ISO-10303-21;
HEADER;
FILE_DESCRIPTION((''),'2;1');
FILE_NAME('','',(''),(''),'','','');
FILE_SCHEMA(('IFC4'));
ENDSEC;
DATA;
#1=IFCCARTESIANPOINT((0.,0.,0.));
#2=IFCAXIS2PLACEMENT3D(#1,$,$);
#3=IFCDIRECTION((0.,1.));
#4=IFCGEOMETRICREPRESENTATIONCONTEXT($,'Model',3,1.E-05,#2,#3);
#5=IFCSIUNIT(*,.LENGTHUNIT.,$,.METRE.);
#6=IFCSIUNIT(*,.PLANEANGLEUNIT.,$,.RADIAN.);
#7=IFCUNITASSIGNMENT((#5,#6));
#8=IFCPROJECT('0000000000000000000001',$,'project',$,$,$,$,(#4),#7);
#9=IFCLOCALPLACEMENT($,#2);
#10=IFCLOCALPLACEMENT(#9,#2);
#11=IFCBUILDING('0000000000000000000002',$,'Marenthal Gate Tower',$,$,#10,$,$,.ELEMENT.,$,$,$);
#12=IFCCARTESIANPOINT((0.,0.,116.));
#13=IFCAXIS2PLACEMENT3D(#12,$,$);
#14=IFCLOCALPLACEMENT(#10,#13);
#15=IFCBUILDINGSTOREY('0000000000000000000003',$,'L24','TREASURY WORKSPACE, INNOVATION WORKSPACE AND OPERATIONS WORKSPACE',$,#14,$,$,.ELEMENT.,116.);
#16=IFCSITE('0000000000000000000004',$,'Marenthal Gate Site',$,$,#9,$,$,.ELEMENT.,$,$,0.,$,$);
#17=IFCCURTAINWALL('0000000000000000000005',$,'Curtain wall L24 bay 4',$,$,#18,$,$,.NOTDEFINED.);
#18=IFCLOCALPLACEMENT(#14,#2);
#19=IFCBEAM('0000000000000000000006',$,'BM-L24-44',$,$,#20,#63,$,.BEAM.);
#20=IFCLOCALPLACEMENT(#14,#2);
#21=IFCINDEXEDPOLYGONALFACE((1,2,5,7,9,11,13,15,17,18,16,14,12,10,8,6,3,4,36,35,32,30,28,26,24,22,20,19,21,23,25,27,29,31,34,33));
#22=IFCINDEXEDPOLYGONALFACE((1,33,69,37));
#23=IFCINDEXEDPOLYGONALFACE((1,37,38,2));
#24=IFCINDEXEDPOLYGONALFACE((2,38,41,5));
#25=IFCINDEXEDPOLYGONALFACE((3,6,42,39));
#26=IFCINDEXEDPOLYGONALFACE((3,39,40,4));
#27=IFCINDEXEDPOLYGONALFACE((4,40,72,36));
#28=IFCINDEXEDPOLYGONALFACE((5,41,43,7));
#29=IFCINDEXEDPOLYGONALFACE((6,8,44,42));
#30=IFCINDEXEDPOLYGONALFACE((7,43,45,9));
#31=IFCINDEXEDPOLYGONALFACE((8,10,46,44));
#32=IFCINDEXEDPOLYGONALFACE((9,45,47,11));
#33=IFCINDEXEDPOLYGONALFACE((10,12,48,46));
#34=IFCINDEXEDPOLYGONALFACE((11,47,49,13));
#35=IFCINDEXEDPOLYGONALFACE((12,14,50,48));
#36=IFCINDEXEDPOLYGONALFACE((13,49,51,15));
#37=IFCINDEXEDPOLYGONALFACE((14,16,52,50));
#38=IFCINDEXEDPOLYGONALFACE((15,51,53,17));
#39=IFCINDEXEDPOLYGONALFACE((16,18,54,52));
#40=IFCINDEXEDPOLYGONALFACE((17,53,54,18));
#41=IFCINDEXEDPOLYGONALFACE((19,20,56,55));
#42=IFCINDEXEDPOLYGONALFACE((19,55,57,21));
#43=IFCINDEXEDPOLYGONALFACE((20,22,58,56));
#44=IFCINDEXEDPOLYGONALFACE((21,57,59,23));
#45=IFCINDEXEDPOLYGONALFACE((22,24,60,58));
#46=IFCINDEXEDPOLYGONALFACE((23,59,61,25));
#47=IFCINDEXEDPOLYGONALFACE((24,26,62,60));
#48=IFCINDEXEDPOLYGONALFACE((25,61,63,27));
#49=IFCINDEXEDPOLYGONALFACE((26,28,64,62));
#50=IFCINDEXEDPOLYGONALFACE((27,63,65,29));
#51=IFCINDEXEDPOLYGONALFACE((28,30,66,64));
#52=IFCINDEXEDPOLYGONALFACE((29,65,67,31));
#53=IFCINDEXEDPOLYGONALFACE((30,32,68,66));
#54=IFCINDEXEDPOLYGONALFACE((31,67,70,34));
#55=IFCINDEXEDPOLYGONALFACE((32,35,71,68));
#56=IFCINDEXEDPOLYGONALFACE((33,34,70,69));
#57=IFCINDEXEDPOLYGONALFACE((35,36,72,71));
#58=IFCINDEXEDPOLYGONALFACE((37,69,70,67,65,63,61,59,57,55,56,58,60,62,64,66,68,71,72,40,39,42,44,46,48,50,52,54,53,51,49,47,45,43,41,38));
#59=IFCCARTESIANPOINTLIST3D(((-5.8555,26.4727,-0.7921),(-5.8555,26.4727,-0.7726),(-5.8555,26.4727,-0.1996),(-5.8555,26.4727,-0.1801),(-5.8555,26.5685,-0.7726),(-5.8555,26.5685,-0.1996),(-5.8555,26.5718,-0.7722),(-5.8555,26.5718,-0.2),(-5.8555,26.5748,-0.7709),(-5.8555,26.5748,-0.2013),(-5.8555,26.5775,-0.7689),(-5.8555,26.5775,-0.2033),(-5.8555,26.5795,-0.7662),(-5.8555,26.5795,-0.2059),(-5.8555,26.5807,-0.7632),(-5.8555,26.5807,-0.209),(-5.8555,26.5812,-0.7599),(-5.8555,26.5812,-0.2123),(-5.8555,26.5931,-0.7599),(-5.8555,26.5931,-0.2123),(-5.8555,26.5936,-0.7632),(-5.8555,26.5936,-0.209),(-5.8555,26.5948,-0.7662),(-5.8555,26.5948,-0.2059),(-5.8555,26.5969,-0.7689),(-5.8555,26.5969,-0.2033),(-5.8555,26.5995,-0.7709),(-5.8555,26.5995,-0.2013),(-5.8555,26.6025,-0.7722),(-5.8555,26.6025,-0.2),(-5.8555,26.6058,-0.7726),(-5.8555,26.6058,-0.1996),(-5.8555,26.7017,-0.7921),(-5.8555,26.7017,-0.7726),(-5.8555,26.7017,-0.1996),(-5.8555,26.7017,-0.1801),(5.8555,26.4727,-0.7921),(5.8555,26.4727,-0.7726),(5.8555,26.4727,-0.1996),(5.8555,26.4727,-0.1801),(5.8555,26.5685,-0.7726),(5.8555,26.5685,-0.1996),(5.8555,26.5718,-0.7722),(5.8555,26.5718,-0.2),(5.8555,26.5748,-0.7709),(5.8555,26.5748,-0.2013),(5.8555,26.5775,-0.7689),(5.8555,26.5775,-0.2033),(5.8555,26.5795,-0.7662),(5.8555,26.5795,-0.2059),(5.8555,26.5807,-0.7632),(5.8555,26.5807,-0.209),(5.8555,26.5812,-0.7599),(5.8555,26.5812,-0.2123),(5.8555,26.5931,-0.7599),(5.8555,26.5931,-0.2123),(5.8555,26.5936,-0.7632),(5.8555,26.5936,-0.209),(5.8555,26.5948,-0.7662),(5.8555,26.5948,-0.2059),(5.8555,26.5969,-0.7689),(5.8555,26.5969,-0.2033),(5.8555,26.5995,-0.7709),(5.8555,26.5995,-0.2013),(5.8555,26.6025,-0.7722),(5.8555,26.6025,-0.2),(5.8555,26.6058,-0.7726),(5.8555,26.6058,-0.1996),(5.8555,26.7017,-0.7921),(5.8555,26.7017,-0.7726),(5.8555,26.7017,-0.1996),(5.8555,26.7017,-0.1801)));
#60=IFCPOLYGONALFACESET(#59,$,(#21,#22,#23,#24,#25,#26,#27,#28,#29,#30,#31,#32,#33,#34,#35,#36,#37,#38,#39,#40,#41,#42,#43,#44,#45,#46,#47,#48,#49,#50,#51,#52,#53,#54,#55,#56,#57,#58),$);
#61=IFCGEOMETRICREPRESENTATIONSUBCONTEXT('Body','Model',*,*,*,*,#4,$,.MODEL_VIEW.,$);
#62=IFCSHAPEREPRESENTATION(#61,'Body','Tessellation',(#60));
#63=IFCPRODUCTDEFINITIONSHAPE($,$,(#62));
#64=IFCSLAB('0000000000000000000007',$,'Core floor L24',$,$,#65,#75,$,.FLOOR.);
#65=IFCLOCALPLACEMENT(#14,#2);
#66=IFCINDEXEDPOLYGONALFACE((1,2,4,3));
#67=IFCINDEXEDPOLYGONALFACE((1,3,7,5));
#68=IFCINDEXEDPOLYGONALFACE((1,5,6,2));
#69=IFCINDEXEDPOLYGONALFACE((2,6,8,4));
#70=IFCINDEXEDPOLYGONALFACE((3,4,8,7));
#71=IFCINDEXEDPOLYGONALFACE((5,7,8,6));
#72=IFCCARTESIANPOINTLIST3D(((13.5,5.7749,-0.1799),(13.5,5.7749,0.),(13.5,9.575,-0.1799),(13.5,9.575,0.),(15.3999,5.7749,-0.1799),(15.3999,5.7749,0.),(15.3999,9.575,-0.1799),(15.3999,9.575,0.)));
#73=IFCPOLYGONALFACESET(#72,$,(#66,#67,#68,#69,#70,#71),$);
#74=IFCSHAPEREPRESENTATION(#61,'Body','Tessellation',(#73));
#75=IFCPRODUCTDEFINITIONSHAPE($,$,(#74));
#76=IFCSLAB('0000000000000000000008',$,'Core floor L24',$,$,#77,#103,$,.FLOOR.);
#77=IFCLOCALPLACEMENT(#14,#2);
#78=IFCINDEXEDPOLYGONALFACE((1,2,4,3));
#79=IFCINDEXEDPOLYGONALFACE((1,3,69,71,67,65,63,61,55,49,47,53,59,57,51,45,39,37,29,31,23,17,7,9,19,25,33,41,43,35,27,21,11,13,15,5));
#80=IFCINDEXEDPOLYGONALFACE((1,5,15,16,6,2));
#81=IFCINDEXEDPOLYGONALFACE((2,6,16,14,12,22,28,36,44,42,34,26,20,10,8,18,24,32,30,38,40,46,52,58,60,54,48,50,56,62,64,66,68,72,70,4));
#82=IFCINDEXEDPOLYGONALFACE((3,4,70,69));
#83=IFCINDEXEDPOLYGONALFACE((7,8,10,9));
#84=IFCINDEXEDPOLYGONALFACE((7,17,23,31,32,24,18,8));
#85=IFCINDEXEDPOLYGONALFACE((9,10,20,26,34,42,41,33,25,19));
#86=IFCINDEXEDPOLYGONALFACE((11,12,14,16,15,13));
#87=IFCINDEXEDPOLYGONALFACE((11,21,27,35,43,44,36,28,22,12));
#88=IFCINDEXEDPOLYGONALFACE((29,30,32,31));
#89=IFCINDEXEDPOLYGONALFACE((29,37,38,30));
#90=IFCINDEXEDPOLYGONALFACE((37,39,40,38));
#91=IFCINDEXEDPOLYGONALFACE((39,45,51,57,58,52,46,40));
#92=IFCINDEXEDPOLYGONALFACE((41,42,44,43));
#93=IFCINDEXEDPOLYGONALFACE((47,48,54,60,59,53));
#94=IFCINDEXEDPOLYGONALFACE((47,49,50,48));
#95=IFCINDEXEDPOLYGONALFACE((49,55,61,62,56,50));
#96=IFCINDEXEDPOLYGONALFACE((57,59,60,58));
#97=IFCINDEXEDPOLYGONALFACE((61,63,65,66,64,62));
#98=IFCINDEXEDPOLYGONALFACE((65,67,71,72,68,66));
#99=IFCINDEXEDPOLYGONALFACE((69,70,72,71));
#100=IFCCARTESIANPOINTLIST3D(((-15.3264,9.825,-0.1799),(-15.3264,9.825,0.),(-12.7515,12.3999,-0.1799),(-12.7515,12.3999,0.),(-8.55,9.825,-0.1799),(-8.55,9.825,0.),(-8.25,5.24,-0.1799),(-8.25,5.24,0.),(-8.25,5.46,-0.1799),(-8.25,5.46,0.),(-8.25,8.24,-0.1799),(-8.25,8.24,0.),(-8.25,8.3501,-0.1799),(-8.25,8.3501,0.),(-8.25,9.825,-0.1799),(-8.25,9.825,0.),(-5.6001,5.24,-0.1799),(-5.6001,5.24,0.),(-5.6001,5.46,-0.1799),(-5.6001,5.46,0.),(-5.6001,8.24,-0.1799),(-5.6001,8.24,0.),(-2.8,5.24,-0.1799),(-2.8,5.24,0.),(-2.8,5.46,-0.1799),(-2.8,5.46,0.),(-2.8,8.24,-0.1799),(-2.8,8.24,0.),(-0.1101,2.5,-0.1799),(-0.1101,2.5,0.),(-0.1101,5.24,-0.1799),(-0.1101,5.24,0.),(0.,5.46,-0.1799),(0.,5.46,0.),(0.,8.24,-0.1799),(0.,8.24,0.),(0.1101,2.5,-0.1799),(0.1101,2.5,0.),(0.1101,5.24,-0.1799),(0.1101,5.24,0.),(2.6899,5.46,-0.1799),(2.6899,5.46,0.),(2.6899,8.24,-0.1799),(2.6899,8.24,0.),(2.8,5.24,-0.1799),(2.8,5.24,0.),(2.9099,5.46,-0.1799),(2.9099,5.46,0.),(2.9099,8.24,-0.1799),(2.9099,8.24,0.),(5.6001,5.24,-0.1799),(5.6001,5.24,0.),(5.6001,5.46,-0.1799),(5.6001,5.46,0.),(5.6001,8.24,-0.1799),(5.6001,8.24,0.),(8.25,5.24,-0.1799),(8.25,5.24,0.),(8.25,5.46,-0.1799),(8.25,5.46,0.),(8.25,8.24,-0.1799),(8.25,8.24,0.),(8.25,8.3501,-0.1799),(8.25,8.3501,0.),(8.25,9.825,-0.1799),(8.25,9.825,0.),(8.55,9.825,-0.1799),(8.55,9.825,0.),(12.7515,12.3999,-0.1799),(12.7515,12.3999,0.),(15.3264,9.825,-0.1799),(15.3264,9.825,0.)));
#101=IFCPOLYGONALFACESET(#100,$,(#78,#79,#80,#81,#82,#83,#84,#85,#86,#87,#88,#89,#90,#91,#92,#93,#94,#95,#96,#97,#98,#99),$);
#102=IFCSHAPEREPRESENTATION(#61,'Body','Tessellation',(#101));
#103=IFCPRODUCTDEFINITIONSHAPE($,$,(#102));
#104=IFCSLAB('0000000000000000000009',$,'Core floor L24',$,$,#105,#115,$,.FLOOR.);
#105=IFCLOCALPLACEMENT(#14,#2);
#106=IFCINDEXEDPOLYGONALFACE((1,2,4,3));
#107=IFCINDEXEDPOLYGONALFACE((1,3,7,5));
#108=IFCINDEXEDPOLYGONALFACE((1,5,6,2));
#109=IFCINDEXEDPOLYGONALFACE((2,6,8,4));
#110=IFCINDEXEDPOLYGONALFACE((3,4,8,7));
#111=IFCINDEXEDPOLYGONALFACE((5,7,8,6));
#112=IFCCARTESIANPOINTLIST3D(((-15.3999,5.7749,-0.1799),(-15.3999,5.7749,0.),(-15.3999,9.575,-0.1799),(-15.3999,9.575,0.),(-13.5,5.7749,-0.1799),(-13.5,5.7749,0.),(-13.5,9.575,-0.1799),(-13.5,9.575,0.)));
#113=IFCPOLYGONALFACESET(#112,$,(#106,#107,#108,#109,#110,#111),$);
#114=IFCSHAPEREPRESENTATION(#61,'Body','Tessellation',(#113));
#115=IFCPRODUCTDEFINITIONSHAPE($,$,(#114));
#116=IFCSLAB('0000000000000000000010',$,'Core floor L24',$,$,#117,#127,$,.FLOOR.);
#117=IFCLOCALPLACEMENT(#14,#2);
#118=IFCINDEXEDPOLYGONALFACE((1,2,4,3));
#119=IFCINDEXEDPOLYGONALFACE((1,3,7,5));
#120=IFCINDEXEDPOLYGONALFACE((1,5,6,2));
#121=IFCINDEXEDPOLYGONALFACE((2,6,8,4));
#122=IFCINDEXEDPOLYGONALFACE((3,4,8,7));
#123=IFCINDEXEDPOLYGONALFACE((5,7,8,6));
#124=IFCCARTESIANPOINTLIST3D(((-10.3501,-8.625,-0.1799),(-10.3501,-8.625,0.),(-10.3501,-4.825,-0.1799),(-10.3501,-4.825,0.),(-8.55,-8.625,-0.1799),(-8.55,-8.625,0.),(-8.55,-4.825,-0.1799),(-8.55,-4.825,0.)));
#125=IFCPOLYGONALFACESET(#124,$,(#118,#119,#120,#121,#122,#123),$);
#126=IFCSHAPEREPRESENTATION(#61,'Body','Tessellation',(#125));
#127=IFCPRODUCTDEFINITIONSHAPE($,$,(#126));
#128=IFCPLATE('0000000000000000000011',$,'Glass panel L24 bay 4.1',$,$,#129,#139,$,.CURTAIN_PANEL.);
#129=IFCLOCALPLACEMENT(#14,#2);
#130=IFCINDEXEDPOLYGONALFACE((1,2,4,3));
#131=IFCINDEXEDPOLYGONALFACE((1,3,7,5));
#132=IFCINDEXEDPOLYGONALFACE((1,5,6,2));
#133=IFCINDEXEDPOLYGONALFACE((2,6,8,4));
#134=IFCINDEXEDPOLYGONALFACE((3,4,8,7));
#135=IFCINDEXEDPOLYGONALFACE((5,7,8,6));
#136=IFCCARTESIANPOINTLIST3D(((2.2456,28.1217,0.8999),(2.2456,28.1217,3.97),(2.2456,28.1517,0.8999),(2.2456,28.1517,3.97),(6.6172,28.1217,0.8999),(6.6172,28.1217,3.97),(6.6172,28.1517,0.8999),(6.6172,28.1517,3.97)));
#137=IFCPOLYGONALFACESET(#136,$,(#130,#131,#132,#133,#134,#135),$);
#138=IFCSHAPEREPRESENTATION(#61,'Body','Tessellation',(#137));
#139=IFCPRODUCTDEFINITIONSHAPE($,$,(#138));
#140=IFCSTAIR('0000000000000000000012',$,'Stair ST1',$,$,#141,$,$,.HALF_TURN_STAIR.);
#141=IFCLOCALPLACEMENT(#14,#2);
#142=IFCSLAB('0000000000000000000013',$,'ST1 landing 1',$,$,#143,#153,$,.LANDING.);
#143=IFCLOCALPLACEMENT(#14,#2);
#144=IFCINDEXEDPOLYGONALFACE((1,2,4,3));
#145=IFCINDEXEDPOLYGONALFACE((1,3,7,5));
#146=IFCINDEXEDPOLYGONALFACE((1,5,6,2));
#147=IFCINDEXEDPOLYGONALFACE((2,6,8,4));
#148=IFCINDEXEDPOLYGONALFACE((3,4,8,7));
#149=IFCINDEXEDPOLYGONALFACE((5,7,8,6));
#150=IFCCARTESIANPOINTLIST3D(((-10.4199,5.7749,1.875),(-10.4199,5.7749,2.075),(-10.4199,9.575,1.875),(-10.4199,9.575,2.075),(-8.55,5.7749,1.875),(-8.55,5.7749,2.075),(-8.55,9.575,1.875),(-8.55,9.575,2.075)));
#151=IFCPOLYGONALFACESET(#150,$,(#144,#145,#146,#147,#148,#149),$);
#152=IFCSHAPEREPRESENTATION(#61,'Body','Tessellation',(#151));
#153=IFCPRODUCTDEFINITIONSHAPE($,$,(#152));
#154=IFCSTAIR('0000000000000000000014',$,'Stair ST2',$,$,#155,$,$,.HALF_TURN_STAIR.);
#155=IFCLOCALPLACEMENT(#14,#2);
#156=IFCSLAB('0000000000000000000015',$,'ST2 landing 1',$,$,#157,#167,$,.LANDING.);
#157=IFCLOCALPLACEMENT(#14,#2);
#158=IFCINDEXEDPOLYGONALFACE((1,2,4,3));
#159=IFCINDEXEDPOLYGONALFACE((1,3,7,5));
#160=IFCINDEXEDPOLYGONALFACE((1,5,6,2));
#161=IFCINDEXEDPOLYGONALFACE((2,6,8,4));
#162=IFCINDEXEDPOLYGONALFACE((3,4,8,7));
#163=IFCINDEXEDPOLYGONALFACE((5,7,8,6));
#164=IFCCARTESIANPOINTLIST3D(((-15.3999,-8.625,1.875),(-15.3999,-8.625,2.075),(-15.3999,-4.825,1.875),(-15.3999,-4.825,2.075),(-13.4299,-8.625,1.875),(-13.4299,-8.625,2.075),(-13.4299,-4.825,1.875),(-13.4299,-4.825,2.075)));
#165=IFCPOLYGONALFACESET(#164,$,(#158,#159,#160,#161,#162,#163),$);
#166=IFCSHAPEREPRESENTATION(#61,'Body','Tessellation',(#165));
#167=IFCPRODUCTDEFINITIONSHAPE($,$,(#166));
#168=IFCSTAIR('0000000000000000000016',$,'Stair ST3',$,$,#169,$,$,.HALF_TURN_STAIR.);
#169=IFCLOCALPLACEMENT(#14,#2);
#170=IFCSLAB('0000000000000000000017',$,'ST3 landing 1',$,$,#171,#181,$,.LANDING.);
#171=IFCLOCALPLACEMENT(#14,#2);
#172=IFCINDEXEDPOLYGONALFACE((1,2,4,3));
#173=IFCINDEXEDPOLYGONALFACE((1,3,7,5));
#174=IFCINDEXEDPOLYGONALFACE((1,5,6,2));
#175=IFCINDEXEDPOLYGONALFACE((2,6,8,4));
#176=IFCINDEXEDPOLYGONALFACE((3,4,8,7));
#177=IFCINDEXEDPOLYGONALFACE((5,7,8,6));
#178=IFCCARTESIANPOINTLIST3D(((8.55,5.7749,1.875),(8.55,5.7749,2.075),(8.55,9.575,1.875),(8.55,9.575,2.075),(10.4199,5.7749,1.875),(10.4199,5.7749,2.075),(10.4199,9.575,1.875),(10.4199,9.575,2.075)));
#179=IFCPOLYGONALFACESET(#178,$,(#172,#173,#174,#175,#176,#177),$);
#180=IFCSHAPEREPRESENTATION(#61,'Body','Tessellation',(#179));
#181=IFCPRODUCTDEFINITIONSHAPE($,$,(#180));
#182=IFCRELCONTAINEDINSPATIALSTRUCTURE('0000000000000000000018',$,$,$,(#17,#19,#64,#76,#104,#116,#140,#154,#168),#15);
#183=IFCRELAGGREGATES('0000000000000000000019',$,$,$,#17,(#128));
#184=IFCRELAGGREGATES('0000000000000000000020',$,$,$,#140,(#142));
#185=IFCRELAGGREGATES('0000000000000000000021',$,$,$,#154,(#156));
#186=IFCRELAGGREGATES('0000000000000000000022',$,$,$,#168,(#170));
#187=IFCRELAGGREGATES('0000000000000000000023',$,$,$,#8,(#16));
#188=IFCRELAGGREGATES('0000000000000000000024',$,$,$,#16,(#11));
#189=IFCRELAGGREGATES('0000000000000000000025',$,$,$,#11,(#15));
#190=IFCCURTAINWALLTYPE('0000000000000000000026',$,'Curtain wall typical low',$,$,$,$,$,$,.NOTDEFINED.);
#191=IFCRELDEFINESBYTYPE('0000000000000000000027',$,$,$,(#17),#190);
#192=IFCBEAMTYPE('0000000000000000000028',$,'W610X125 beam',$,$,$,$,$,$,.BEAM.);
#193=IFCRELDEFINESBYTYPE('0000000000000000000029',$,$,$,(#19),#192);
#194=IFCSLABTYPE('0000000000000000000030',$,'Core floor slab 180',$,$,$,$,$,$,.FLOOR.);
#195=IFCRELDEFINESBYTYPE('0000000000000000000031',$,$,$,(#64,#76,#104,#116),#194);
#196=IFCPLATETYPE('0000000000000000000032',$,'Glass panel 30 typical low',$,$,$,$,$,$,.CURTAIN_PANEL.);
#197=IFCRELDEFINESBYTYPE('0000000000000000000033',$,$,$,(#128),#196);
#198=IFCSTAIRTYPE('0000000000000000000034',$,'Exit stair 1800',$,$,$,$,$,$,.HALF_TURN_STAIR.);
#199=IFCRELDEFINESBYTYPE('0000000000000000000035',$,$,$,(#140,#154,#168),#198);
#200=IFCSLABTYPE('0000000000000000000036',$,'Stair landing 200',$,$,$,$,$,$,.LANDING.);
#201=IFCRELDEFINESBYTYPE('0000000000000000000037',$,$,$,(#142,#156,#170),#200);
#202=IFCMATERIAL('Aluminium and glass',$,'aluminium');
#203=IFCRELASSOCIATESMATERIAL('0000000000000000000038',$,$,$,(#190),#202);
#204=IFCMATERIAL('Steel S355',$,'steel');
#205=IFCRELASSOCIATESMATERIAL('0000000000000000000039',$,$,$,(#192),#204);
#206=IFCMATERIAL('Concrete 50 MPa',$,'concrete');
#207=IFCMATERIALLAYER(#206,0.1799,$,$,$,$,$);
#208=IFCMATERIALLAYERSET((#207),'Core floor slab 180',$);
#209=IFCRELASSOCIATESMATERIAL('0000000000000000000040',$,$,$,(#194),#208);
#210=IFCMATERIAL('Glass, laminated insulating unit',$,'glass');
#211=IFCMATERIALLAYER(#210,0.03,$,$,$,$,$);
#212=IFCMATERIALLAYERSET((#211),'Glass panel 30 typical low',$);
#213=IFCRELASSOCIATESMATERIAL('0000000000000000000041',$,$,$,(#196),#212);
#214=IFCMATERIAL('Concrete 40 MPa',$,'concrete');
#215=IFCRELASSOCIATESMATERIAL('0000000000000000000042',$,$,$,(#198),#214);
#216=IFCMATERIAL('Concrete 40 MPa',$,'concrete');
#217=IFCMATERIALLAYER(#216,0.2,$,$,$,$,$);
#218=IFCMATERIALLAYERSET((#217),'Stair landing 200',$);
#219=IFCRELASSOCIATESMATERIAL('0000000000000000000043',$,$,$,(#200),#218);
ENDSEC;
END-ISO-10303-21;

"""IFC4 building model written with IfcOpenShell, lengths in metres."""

from ifc_helpers import new_model, si_unit, direction, frame, origin, origin_2d, place, context, subcontext, project, spatial, polyline, rectangle, i_section, outline, extrude, material, layer, layer_set, material_profile, profile_set, type_object, element, aggregate, save


model = new_model("IFC4")

# Units and contexts
model_context = context("Model", 3, precision=1e-05, world=origin(), true_north=direction((0.0, 1.0)))
body_context = subcontext(model_context, "Body", "Model", "MODEL_VIEW")
ifc_project = project(units=[si_unit("LENGTHUNIT", "METRE"), si_unit("PLANEANGLEUNIT", "RADIAN")], contexts=[model_context])

# Site, building, storey
site_placement = place(None, origin())
site = spatial("IfcSite", under=ifc_project, at=site_placement, Name="Marenthal Gate Site", CompositionType="ELEMENT", RefElevation=0.0)
building_placement = place(site_placement, origin())
building = spatial("IfcBuilding", under=site, at=building_placement, Name="Marenthal Gate Tower", CompositionType="ELEMENT")
storey_placement = place(building_placement, frame((0.0, 0.0, 116.0)))
storey = spatial("IfcBuildingStorey", under=building, at=storey_placement, Name="L24", Description="TREASURY WORKSPACE, INNOVATION WORKSPACE AND OPERATIONS WORKSPACE", CompositionType="ELEMENT", Elevation=116.0)

# Curtain wall
ifc_material_1 = material(Name="Aluminium and glass", Category="aluminium")
curtain_wall_type = type_object("IfcCurtainWallType", Name="Curtain wall typical low", PredefinedType="NOTDEFINED", material=ifc_material_1)
curtain_wall_placement = place(storey_placement, origin())
curtain_wall = element("IfcCurtainWall", 1, at=curtain_wall_placement, inside=storey, type_object=curtain_wall_type, Name="Curtain wall L24 bay 4", PredefinedType="NOTDEFINED")

# Beam
ifc_material_2 = material(Name="Steel S355", Category="steel")
ifc_material_profile_1 = material_profile(ifc_material_2, i_section(OverallWidth=0.229, OverallDepth=0.6121, WebThickness=0.012, FlangeThickness=0.0195, FilletRadius=0.0127, at=origin_2d()), Name="W610X125")
ifc_profile_set_1 = profile_set([ifc_material_profile_1], Name="Steel S355")
beam_type_1 = type_object("IfcBeamType", Name="W610X125 beam", PredefinedType="BEAM", material=ifc_profile_set_1)
beam_1_placement = place(storey_placement, frame((5.8555, 26.5872, -0.4861), z_axis=(-1.0, 0.0, 0.0), x_axis=(0.0, -1.0, 0.0)))
element("IfcBeam", 2, at=beam_1_placement, inside=storey, type_object=beam_type_1, Name="BM-L24-44", PredefinedType="BEAM", context=body_context, shape_type="SweptSolid", body=[
    extrude(i_section(OverallWidth=0.229, OverallDepth=0.6121, WebThickness=0.012, FlangeThickness=0.0195, FilletRadius=0.0127, at=origin_2d()), origin(), (0.0, 0.0, 1.0), 11.7109),
])

# Slabs
ifc_material_3 = material(Name="Concrete 50 MPa", Category="concrete")
ifc_layer_1 = layer(ifc_material_3, 0.1799)
ifc_layer_set_1 = layer_set([ifc_layer_1], Name="Core floor slab 180")
slab_type_1 = type_object("IfcSlabType", Name="Core floor slab 180", PredefinedType="FLOOR", material=ifc_layer_set_1)
slab_1_placement = place(storey_placement, frame((0.0, 0.0, -0.1799)))
element("IfcSlab", 3, at=slab_1_placement, inside=storey, type_object=slab_type_1, Name="Core floor L24", PredefinedType="FLOOR", context=body_context, shape_type="SweptSolid", body=[
    extrude(outline(polyline([(15.3999, 5.7749), (13.5, 5.7749), (13.5, 9.575), (15.3999, 9.575), (15.3999, 5.7749)])), origin(), (0.0, 0.0, 1.0), 0.1799),
])
slab_2_placement = place(storey_placement, frame((0.0, 0.0, -0.1799)))
element("IfcSlab", 4, at=slab_2_placement, inside=storey, type_object=slab_type_1, Name="Core floor L24", PredefinedType="FLOOR", context=body_context, shape_type="SweptSolid", body=[
    extrude(outline(polyline([(12.7515, 12.3999), (15.3264, 9.825), (8.55, 9.825), (8.25, 9.825), (8.25, 8.3501), (8.25, 8.24), (5.6001, 8.24), (2.9099, 8.24), (2.9099, 5.46), (5.6001, 5.46), (8.25, 5.46), (8.25, 5.24), (5.6001, 5.24), (2.8, 5.24), (0.1101, 5.24), (0.1101, 2.5), (-0.1101, 2.5), (-0.1101, 5.24), (-2.8, 5.24), (-5.6001, 5.24), (-8.25, 5.24), (-8.25, 5.46), (-5.6001, 5.46), (-2.8, 5.46), (0.0, 5.46), (2.6899, 5.46), (2.6899, 8.24), (0.0, 8.24), (-2.8, 8.24), (-5.6001, 8.24), (-8.25, 8.24), (-8.25, 8.3501), (-8.25, 9.825), (-8.55, 9.825), (-15.3264, 9.825), (-12.7515, 12.3999), (12.7515, 12.3999)])), origin(), (0.0, 0.0, 1.0), 0.1799),
])
slab_3_placement = place(storey_placement, frame((0.0, 0.0, -0.1799)))
element("IfcSlab", 5, at=slab_3_placement, inside=storey, type_object=slab_type_1, Name="Core floor L24", PredefinedType="FLOOR", context=body_context, shape_type="SweptSolid", body=[
    extrude(outline(polyline([(-15.3999, 9.575), (-13.5, 9.575), (-13.5, 5.7749), (-15.3999, 5.7749), (-15.3999, 9.575)])), origin(), (0.0, 0.0, 1.0), 0.1799),
])
slab_4_placement = place(storey_placement, frame((0.0, 0.0, -0.1799)))
element("IfcSlab", 6, at=slab_4_placement, inside=storey, type_object=slab_type_1, Name="Core floor L24", PredefinedType="FLOOR", context=body_context, shape_type="SweptSolid", body=[
    extrude(outline(polyline([(-8.55, -8.625), (-10.3501, -8.625), (-10.3501, -4.825), (-8.55, -4.825), (-8.55, -8.625)])), origin(), (0.0, 0.0, 1.0), 0.1799),
])

# Plate
ifc_material_4 = material(Name="Glass, laminated insulating unit", Category="glass")
ifc_layer_2 = layer(ifc_material_4, 0.03)
ifc_layer_set_2 = layer_set([ifc_layer_2], Name="Glass panel 30 typical low")
plate_type = type_object("IfcPlateType", Name="Glass panel 30 typical low", PredefinedType="CURTAIN_PANEL", material=ifc_layer_set_2)
plate_placement = place(storey_placement, frame((4.4314, 28.1367, 0.8999), z_axis=(0.0, 0.0, 1.0), x_axis=(-1.0, 0.0, 0.0)))
plate = element("IfcPlate", 7, at=plate_placement, type_object=plate_type, Name="Glass panel L24 bay 4.1", PredefinedType="CURTAIN_PANEL", context=body_context, shape_type="SweptSolid", body=[
    extrude(rectangle(XDim=4.3716, YDim=0.03, at=origin_2d()), origin(), (0.0, 0.0, 1.0), 3.0701),
])
aggregate(curtain_wall, [plate])

# Stairs, slabs
ifc_material_5 = material(Name="Concrete 40 MPa", Category="concrete")
stair_type = type_object("IfcStairType", Name="Exit stair 1800", PredefinedType="HALF_TURN_STAIR", material=ifc_material_5)
stair_1_placement = place(storey_placement, origin())
stair_1 = element("IfcStair", 8, at=stair_1_placement, inside=storey, type_object=stair_type, Name="Stair ST1", PredefinedType="HALF_TURN_STAIR")
ifc_material_6 = material(Name="Concrete 40 MPa", Category="concrete")
ifc_layer_3 = layer(ifc_material_6, 0.2)
ifc_layer_set_3 = layer_set([ifc_layer_3], Name="Stair landing 200")
slab_type_2 = type_object("IfcSlabType", Name="Stair landing 200", PredefinedType="LANDING", material=ifc_layer_set_3)
slab_5_placement = place(storey_placement, frame((0.0, 0.0, 1.875)))
slab_5 = element("IfcSlab", 9, at=slab_5_placement, type_object=slab_type_2, Name="ST1 landing 1", PredefinedType="LANDING", context=body_context, shape_type="SweptSolid", body=[
    extrude(outline(polyline([(-10.4199, 5.7749), (-8.55, 5.7749), (-8.55, 9.575), (-10.4199, 9.575), (-10.4199, 5.7749)])), origin(), (0.0, 0.0, 1.0), 0.2),
])
aggregate(stair_1, [slab_5])
stair_2_placement = place(storey_placement, origin())
stair_2 = element("IfcStair", 10, at=stair_2_placement, inside=storey, type_object=stair_type, Name="Stair ST2", PredefinedType="HALF_TURN_STAIR")
slab_6_placement = place(storey_placement, frame((0.0, 0.0, 1.875)))
slab_6 = element("IfcSlab", 11, at=slab_6_placement, type_object=slab_type_2, Name="ST2 landing 1", PredefinedType="LANDING", context=body_context, shape_type="SweptSolid", body=[
    extrude(outline(polyline([(-15.3999, -8.625), (-13.4299, -8.625), (-13.4299, -4.825), (-15.3999, -4.825), (-15.3999, -8.625)])), origin(), (0.0, 0.0, 1.0), 0.2),
])
aggregate(stair_2, [slab_6])
stair_3_placement = place(storey_placement, origin())
stair_3 = element("IfcStair", 12, at=stair_3_placement, inside=storey, type_object=stair_type, Name="Stair ST3", PredefinedType="HALF_TURN_STAIR")
slab_7_placement = place(storey_placement, frame((0.0, 0.0, 1.875)))
slab_7 = element("IfcSlab", 13, at=slab_7_placement, type_object=slab_type_2, Name="ST3 landing 1", PredefinedType="LANDING", context=body_context, shape_type="SweptSolid", body=[
    extrude(outline(polyline([(8.55, 5.7749), (10.4199, 5.7749), (10.4199, 9.575), (8.55, 9.575), (8.55, 5.7749)])), origin(), (0.0, 0.0, 1.0), 0.2),
])

aggregate(stair_3, [slab_7])

save(model, "model.ifc")
